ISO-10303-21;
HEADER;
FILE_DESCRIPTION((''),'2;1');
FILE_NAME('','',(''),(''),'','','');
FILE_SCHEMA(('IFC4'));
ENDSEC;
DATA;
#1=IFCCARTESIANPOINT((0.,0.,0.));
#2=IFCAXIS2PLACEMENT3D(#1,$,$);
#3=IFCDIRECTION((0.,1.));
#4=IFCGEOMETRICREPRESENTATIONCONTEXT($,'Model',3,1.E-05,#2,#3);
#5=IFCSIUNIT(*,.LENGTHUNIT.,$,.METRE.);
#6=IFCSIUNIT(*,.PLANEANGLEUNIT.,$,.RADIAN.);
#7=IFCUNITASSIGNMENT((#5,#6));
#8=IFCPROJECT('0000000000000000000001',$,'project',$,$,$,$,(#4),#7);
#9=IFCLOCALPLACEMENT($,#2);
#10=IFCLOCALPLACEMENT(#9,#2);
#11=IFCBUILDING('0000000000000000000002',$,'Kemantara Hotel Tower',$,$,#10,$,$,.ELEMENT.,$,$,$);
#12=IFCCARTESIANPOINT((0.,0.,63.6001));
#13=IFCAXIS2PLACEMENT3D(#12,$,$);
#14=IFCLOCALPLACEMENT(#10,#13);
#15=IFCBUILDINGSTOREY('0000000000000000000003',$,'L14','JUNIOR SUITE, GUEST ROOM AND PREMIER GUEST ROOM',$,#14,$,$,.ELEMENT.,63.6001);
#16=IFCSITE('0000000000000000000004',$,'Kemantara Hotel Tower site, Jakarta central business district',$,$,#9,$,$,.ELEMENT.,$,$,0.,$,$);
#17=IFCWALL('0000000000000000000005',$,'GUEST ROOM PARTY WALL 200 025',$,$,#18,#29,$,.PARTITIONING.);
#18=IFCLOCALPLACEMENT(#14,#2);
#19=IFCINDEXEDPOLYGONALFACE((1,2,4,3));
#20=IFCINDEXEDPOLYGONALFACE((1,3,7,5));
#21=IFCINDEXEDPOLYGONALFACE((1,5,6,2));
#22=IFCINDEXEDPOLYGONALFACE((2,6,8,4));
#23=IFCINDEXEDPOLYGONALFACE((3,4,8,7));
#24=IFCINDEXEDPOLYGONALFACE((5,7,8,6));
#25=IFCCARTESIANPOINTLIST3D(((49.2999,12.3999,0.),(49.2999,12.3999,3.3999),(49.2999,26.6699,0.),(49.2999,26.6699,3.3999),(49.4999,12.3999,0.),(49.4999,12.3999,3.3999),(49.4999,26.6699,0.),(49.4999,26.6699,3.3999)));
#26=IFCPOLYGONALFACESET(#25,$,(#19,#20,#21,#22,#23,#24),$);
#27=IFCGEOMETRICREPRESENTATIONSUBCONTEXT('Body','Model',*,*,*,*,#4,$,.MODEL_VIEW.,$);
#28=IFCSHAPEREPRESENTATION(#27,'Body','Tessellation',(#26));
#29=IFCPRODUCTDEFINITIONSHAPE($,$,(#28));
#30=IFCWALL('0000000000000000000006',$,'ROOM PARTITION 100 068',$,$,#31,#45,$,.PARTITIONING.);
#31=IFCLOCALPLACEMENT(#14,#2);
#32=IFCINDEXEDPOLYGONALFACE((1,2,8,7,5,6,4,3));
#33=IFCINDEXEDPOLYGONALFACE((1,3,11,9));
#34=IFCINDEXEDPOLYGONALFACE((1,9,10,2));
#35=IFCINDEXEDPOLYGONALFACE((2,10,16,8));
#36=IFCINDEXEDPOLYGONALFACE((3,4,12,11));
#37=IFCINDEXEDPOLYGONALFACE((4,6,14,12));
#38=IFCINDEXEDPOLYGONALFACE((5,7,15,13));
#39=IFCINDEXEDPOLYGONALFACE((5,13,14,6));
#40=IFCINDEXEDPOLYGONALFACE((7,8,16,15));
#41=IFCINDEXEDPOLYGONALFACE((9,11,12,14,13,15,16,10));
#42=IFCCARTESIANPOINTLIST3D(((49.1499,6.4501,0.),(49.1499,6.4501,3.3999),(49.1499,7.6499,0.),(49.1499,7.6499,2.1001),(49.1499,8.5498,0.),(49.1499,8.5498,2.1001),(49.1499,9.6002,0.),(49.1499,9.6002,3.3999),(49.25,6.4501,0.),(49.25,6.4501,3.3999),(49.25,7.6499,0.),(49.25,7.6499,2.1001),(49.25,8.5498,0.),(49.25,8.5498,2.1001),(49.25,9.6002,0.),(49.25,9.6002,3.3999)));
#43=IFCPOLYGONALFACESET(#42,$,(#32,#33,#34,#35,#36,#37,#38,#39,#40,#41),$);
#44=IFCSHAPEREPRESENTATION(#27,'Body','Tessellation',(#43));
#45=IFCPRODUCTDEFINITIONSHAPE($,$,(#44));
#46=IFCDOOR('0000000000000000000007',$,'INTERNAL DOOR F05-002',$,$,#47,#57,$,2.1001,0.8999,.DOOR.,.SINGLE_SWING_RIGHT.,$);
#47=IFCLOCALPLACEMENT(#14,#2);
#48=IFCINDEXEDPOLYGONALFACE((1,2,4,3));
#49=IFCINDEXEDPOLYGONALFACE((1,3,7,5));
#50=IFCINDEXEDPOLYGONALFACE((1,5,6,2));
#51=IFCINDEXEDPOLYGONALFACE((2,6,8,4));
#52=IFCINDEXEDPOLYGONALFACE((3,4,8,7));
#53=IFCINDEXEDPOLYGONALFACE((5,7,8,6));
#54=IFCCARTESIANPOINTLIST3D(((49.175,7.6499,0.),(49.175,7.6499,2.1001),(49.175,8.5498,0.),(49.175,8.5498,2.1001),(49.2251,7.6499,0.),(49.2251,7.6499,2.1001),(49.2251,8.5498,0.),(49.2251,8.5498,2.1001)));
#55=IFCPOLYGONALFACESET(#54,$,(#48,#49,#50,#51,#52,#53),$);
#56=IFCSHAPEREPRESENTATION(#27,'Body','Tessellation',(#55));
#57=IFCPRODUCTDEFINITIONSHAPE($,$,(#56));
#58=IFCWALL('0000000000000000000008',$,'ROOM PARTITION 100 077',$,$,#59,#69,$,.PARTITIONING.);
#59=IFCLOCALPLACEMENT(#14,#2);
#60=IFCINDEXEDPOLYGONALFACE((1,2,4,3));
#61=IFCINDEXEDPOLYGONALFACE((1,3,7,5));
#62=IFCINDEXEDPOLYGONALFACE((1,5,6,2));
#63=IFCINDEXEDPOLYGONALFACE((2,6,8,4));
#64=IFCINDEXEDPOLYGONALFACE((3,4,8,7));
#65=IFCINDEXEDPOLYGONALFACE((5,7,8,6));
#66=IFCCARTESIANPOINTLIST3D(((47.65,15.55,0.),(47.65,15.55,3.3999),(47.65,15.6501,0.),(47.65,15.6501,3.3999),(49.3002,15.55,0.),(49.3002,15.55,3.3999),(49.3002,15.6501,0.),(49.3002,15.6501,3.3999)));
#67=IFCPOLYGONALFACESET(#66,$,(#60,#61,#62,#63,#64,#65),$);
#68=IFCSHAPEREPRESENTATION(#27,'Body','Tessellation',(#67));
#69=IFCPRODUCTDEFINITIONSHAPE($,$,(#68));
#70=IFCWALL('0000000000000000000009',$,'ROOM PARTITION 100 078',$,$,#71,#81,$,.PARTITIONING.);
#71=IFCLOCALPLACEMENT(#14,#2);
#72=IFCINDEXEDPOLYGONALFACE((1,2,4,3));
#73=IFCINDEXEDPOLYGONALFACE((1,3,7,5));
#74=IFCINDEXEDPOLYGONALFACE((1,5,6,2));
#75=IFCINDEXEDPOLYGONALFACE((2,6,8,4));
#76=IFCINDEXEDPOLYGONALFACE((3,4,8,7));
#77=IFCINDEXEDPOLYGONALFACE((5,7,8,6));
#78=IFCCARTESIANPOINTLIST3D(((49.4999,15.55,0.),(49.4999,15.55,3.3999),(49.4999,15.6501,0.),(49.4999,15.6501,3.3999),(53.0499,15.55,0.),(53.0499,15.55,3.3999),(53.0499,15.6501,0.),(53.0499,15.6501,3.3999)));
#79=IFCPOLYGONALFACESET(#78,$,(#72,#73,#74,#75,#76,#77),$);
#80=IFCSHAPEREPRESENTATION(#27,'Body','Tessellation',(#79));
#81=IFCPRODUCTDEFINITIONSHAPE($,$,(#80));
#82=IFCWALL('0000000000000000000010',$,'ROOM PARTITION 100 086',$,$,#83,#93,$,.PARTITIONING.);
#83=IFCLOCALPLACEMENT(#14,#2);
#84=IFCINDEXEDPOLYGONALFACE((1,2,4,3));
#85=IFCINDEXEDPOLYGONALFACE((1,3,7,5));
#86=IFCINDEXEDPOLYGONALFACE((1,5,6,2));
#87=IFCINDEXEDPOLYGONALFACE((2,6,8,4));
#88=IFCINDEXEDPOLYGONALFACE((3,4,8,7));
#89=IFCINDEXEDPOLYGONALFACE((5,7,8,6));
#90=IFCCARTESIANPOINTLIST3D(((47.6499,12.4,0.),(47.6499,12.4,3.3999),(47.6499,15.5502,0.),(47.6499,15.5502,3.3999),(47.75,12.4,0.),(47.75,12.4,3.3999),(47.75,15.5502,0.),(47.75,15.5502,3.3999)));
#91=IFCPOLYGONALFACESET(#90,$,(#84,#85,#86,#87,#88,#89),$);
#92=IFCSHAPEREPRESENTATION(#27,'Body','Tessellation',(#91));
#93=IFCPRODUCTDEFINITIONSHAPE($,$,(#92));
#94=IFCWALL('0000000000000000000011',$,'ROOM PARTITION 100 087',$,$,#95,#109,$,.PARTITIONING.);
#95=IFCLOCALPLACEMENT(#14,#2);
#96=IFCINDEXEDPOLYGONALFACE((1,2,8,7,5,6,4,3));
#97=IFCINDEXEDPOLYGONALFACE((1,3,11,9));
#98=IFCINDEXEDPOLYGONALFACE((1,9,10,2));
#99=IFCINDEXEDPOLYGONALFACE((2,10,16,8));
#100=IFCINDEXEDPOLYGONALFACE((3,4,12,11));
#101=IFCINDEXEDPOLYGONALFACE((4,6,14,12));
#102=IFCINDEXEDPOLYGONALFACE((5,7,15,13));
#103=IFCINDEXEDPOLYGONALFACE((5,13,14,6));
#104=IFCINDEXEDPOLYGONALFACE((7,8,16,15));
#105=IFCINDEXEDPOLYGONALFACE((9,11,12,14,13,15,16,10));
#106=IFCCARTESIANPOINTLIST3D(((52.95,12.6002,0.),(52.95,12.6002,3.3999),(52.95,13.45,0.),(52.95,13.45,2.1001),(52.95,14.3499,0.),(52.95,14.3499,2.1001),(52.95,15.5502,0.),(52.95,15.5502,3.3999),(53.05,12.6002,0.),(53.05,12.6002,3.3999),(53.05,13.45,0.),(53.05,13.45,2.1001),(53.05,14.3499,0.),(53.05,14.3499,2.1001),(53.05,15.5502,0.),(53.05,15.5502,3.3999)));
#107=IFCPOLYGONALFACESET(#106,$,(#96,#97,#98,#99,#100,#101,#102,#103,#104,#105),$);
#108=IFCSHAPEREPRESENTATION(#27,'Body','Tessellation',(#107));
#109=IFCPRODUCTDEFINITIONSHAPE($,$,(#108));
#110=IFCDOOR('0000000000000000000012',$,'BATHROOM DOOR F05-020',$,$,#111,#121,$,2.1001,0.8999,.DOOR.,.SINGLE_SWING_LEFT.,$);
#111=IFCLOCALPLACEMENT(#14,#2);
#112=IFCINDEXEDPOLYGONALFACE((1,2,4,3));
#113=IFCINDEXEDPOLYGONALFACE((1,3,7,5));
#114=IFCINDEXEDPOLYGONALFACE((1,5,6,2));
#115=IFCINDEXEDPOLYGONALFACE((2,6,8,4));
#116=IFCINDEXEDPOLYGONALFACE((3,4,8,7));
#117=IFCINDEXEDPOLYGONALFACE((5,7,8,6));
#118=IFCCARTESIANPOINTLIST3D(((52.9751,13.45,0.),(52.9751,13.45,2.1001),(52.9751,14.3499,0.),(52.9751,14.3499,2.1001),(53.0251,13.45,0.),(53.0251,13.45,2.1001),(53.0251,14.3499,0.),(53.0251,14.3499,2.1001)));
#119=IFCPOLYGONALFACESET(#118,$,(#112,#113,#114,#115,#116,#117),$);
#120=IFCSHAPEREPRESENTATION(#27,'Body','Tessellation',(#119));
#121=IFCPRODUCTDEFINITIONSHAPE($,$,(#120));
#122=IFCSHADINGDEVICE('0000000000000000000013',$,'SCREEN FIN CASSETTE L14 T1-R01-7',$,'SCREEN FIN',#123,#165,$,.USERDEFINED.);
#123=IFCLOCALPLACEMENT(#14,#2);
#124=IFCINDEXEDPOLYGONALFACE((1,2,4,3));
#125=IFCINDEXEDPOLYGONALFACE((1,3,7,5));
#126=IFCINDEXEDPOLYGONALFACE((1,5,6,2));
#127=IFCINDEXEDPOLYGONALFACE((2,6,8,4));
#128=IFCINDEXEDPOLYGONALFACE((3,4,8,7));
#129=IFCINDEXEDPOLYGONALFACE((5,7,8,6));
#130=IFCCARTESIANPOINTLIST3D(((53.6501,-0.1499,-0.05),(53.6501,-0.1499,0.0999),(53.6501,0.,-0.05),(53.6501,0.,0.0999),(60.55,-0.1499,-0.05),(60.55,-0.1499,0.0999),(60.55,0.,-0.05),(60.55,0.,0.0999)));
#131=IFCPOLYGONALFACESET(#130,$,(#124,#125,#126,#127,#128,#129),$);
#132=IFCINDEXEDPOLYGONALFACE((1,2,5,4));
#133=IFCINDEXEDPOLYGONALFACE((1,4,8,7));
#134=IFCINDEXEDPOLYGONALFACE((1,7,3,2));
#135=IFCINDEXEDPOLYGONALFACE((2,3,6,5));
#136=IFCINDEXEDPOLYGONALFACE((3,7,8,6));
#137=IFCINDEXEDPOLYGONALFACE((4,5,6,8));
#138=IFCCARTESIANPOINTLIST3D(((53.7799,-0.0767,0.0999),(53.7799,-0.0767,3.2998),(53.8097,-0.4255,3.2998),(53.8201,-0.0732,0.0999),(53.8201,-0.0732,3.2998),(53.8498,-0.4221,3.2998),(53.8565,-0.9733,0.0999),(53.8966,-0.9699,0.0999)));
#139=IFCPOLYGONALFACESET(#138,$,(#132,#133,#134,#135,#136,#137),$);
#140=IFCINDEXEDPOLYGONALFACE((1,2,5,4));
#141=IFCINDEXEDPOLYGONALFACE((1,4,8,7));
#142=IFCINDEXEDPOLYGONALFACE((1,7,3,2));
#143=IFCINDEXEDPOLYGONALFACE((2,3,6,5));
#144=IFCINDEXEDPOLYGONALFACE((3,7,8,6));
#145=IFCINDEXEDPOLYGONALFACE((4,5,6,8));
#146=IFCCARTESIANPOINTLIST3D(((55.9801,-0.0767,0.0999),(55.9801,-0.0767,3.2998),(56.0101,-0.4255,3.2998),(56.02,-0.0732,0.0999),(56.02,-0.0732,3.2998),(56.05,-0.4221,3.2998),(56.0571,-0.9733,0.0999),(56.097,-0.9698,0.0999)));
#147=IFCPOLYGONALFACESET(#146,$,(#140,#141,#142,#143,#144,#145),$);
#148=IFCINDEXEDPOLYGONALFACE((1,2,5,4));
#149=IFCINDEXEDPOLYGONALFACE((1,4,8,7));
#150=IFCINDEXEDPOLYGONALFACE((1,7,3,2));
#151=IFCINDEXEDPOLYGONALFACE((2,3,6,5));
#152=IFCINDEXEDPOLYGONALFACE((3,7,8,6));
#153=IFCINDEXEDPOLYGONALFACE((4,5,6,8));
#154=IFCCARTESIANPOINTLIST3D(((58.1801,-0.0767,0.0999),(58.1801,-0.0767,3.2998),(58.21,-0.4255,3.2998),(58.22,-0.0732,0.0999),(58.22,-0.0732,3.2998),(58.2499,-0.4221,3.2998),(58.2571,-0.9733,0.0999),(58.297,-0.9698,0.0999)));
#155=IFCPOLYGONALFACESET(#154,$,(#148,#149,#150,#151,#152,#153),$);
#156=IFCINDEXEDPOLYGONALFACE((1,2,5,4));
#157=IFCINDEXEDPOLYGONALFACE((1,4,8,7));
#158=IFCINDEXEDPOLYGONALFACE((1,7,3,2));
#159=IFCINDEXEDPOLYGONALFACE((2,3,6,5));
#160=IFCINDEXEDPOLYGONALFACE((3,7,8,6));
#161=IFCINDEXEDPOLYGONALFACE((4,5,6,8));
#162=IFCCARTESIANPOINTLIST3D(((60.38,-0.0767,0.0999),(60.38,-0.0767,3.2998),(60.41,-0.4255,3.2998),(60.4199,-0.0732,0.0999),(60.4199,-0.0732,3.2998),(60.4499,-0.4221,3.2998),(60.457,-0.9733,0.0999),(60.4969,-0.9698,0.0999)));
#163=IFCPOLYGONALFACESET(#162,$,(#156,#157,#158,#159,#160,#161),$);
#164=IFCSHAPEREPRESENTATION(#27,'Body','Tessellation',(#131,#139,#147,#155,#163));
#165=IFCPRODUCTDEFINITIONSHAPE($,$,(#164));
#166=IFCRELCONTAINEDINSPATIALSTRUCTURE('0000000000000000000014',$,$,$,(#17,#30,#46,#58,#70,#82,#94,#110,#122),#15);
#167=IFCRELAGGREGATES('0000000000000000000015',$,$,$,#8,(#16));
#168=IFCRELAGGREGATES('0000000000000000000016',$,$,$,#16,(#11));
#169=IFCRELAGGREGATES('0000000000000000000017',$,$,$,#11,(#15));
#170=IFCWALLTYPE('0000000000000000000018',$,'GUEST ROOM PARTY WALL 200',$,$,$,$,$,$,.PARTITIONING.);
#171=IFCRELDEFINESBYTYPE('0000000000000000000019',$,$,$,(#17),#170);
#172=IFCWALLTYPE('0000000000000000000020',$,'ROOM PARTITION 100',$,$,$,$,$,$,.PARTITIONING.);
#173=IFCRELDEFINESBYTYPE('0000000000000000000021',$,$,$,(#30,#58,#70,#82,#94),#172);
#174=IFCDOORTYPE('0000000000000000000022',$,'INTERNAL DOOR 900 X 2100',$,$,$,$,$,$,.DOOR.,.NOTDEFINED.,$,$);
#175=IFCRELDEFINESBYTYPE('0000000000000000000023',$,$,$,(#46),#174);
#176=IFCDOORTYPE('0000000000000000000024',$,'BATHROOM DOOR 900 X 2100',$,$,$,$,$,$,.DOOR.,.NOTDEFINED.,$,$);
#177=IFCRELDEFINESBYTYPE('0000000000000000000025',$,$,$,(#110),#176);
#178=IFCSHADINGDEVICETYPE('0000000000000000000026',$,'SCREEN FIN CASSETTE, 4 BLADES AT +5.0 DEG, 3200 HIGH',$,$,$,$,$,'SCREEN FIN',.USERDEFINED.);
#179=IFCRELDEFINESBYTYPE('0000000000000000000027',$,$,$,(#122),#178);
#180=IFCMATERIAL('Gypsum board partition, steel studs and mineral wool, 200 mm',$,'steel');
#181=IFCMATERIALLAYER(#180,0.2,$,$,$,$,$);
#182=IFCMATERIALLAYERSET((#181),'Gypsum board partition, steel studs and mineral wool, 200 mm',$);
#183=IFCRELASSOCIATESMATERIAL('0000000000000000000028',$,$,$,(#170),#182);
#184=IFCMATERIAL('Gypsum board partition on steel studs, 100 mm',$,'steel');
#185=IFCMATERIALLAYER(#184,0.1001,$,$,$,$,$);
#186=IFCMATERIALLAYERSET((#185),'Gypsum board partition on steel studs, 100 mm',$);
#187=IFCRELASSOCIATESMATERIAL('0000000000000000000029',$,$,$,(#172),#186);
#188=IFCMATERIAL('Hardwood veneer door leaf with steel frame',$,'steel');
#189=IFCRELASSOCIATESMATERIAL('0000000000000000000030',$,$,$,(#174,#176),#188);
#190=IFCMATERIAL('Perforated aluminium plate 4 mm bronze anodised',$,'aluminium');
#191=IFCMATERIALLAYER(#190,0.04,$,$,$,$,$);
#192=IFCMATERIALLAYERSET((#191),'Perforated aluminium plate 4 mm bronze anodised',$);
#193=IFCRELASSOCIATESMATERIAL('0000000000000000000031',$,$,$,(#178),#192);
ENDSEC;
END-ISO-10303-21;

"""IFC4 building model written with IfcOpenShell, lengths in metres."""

from ifc_helpers import new_model, si_unit, direction, frame, frame_2d, origin, origin_2d, place, context, subcontext, project, spatial, polyline, rectangle, outline, extrude, source, transform, mapped, material, layer, layer_set, type_object, element, fill, save


model = new_model("IFC4")

# Units and contexts
model_context = context("Model", 3, precision=1e-05, world=origin(), true_north=direction((0.0, 1.0)))
body_context = subcontext(model_context, "Body", "Model", "MODEL_VIEW")
ifc_project = project(units=[si_unit("LENGTHUNIT", "METRE"), si_unit("PLANEANGLEUNIT", "RADIAN")], contexts=[model_context])

# Site, building, storey
site_placement = place(None, origin())
site = spatial("IfcSite", under=ifc_project, at=site_placement, Name="Kemantara Hotel Tower site, Jakarta central business district", CompositionType="ELEMENT", RefElevation=0.0)
building_placement = place(site_placement, origin())
building = spatial("IfcBuilding", under=site, at=building_placement, Name="Kemantara Hotel Tower", CompositionType="ELEMENT")
storey_placement = place(building_placement, frame((0.0, 0.0, 63.6001)))
storey = spatial("IfcBuildingStorey", under=building, at=storey_placement, Name="L14", Description="JUNIOR SUITE, GUEST ROOM AND PREMIER GUEST ROOM", CompositionType="ELEMENT", Elevation=63.6001)

# Shared definitions
ifc_material_1 = material(Name="Gypsum board partition, steel studs and mineral wool, 200 mm", Category="steel")

# Shared definitions
ifc_material_2 = material(Name="Hardwood veneer door leaf with steel frame", Category="steel")

# Wall
ifc_layer_1 = layer(ifc_material_1, 0.2)
ifc_layer_set_1 = layer_set([ifc_layer_1], Name="Gypsum board partition, steel studs and mineral wool, 200 mm")
wall_type_1 = type_object("IfcWallType", Name="GUEST ROOM PARTY WALL 200", PredefinedType="PARTITIONING", material=ifc_layer_set_1)
wall_1_placement = place(storey_placement, frame((49.3999, 12.3999, 0.0), z_axis=(0.0, 0.0, 1.0), x_axis=(0.0, 1.0, 0.0)))
element("IfcWall", 1, at=wall_1_placement, inside=storey, type_object=wall_type_1, Name="GUEST ROOM PARTY WALL 200 025", PredefinedType="PARTITIONING", context=body_context, shape_type="SweptSolid", body=[
    extrude(rectangle(XDim=14.27, YDim=0.2, at=frame_2d((7.135, 0.0))), origin(), (0.0, 0.0, 1.0), 3.3999),
])

# Wall, opening, door
ifc_material_3 = material(Name="Gypsum board partition on steel studs, 100 mm", Category="steel")
ifc_layer_2 = layer(ifc_material_3, 0.1001)
ifc_layer_set_2 = layer_set([ifc_layer_2], Name="Gypsum board partition on steel studs, 100 mm")
wall_type_2 = type_object("IfcWallType", Name="ROOM PARTITION 100", PredefinedType="PARTITIONING", material=ifc_layer_set_2)
wall_2_placement = place(storey_placement, frame((49.2, 6.45, 0.0), z_axis=(0.0, 0.0, 1.0), x_axis=(0.0, 1.0, 0.0)))
wall_2 = element("IfcWall", 2, at=wall_2_placement, inside=storey, type_object=wall_type_2, Name="ROOM PARTITION 100 068", PredefinedType="PARTITIONING", context=body_context, shape_type="SweptSolid", body=[
    extrude(rectangle(XDim=3.1501, YDim=0.1001, at=frame_2d((1.5752, 0.0))), origin(), (0.0, 0.0, 1.0), 3.3999),
])
opening_1_placement = place(wall_2_placement, frame((1.2, 0.0, 0.0)))
opening_1 = element("IfcOpeningElement", 3, at=opening_1_placement, cuts=wall_2, PredefinedType="OPENING", context=body_context, shape_type="SweptSolid", body=[
    extrude(rectangle(XDim=0.8999, YDim=2.1001, at=frame_2d((0.45, 1.05))), frame((0.0, 0.0601, 0.0), z_axis=(0.0, -1.0, 0.0), x_axis=(1.0, 0.0, 0.0)), (0.0, 0.0, 1.0), 0.1201),
])
door_type_1 = type_object("IfcDoorType", Name="INTERNAL DOOR 900 X 2100", OperationType="NOTDEFINED", PredefinedType="DOOR", material=ifc_material_2)
door_1_placement = place(opening_1_placement, origin())
door_1 = element("IfcDoor", 4, at=door_1_placement, inside=storey, type_object=door_type_1, Name="INTERNAL DOOR F05-002", OperationType="SINGLE_SWING_RIGHT", OverallHeight=2.1001, OverallWidth=0.8999, PredefinedType="DOOR", context=body_context, shape_type="SweptSolid", body=[
    extrude(rectangle(XDim=0.8999, YDim=2.1001, at=frame_2d((0.45, 1.05))), frame((0.0, 0.0249, 0.0), z_axis=(0.0, -1.0, 0.0), x_axis=(1.0, 0.0, 0.0)), (0.0, 0.0, 1.0), 0.05),
])
fill(opening_1, door_1)

# Walls
wall_3_placement = place(storey_placement, frame((47.6499, 15.6001, 0.0), z_axis=(0.0, 0.0, 1.0), x_axis=(1.0, 0.0, 0.0)))
element("IfcWall", 5, at=wall_3_placement, inside=storey, type_object=wall_type_2, Name="ROOM PARTITION 100 077", PredefinedType="PARTITIONING", context=body_context, shape_type="SweptSolid", body=[
    extrude(rectangle(XDim=1.6501, YDim=0.1001, at=frame_2d((0.8252, 0.0))), origin(), (0.0, 0.0, 1.0), 3.3999),
])
wall_4_placement = place(storey_placement, frame((49.5, 15.6001, 0.0), z_axis=(0.0, 0.0, 1.0), x_axis=(1.0, 0.0, 0.0)))
element("IfcWall", 6, at=wall_4_placement, inside=storey, type_object=wall_type_2, Name="ROOM PARTITION 100 078", PredefinedType="PARTITIONING", context=body_context, shape_type="SweptSolid", body=[
    extrude(rectangle(XDim=3.55, YDim=0.1001, at=frame_2d((1.7749, 0.0))), origin(), (0.0, 0.0, 1.0), 3.3999),
])
wall_5_placement = place(storey_placement, frame((47.7, 12.3999, 0.0), z_axis=(0.0, 0.0, 1.0), x_axis=(0.0, 1.0, 0.0)))
element("IfcWall", 7, at=wall_5_placement, inside=storey, type_object=wall_type_2, Name="ROOM PARTITION 100 086", PredefinedType="PARTITIONING", context=body_context, shape_type="SweptSolid", body=[
    extrude(rectangle(XDim=3.1501, YDim=0.1001, at=frame_2d((1.5752, 0.0))), origin(), (0.0, 0.0, 1.0), 3.3999),
])

# Wall, opening, door
wall_6_placement = place(storey_placement, frame((53.0, 12.6001, 0.0), z_axis=(0.0, 0.0, 1.0), x_axis=(0.0, 1.0, 0.0)))
wall_6 = element("IfcWall", 8, at=wall_6_placement, inside=storey, type_object=wall_type_2, Name="ROOM PARTITION 100 087", PredefinedType="PARTITIONING", context=body_context, shape_type="SweptSolid", body=[
    extrude(rectangle(XDim=2.95, YDim=0.1001, at=frame_2d((1.4751, 0.0))), origin(), (0.0, 0.0, 1.0), 3.3999),
])
opening_2_placement = place(wall_6_placement, frame((0.8499, 0.0, 0.0)))
opening_2 = element("IfcOpeningElement", 9, at=opening_2_placement, cuts=wall_6, PredefinedType="OPENING", context=body_context, shape_type="SweptSolid", body=[
    extrude(rectangle(XDim=0.8999, YDim=2.1001, at=frame_2d((0.45, 1.05))), frame((0.0, 0.0601, 0.0), z_axis=(0.0, -1.0, 0.0), x_axis=(1.0, 0.0, 0.0)), (0.0, 0.0, 1.0), 0.1201),
])
door_type_2 = type_object("IfcDoorType", Name="BATHROOM DOOR 900 X 2100", OperationType="NOTDEFINED", PredefinedType="DOOR", material=ifc_material_2)
door_2_placement = place(opening_2_placement, origin())
door_2 = element("IfcDoor", 10, at=door_2_placement, inside=storey, type_object=door_type_2, Name="BATHROOM DOOR F05-020", OperationType="SINGLE_SWING_LEFT", OverallHeight=2.1001, OverallWidth=0.8999, PredefinedType="DOOR", context=body_context, shape_type="SweptSolid", body=[
    extrude(rectangle(XDim=0.8999, YDim=2.1001, at=frame_2d((0.45, 1.05))), frame((0.0, 0.0249, 0.0), z_axis=(0.0, -1.0, 0.0), x_axis=(1.0, 0.0, 0.0)), (0.0, 0.0, 1.0), 0.05),
])
fill(opening_2, door_2)

# Shading device
ifc_material_4 = material(Name="Perforated aluminium plate 4 mm bronze anodised", Category="aluminium")
ifc_layer_3 = layer(ifc_material_4, 0.04)
ifc_layer_set_3 = layer_set([ifc_layer_3], Name="Perforated aluminium plate 4 mm bronze anodised")
shading_device_type = type_object("IfcShadingDeviceType", Name="SCREEN FIN CASSETTE, 4 BLADES AT +5.0 DEG, 3200 HIGH", ElementType="SCREEN FIN", PredefinedType="USERDEFINED", material=ifc_layer_set_3)
shared_shape = source(origin(), body_context, "Body", "SweptSolid", [
    extrude(rectangle(XDim=6.8999, YDim=0.1499, at=origin_2d()), frame((3.3, -0.075, -0.1499), z_axis=(0.0, 0.0, 1.0), x_axis=(1.0, 0.0, 0.0)), (0.0, 0.0, 1.0), 0.1499),
    extrude(outline(polyline([(0.0, 0.0), (0.8999, 0.0), (0.3501, 3.2), (0.0, 3.2), (0.0, 0.0)])), frame((0.02, -0.0732, 0.0), z_axis=(-0.996376, -0.085056, 0.0), x_axis=(0.085056, -0.996376, 0.0)), (0.0, 0.0, 1.0), 0.0403),
    extrude(outline(polyline([(0.0, 0.0), (0.8999, 0.0), (0.3501, 3.2), (0.0, 3.2), (0.0, 0.0)])), frame((2.22, -0.0732, 0.0), z_axis=(-0.996332, -0.085575, 0.0), x_axis=(0.085575, -0.996332, 0.0)), (0.0, 0.0, 1.0), 0.04),
    extrude(outline(polyline([(0.0, 0.0), (0.8999, 0.0), (0.3501, 3.2), (0.0, 3.2), (0.0, 0.0)])), frame((4.4199, -0.0732, 0.0), z_axis=(-0.996332, -0.085575, 0.0), x_axis=(0.085575, -0.996332, 0.0)), (0.0, 0.0, 1.0), 0.04),
    extrude(outline(polyline([(0.0, 0.0), (0.8999, 0.0), (0.3501, 3.2), (0.0, 3.2), (0.0, 0.0)])), frame((6.6199, -0.0732, 0.0), z_axis=(-0.996332, -0.085575, 0.0), x_axis=(0.085575, -0.996332, 0.0)), (0.0, 0.0, 1.0), 0.04),
])
shading_device_placement = place(storey_placement, frame((53.8, 0.0, 0.0999), z_axis=(0.0, 0.0, 1.0), x_axis=(1.0, 0.0, 0.0)))
element("IfcShadingDevice", 11, at=shading_device_placement, inside=storey, type_object=shading_device_type, Name="SCREEN FIN CASSETTE L14 T1-R01-7", ObjectType="SCREEN FIN", PredefinedType="USERDEFINED", context=body_context, shape_type="MappedRepresentation", body=[
    mapped(shared_shape, transform((0.0, 0.0, 0.0))),
])

save(model, "model.ifc")
